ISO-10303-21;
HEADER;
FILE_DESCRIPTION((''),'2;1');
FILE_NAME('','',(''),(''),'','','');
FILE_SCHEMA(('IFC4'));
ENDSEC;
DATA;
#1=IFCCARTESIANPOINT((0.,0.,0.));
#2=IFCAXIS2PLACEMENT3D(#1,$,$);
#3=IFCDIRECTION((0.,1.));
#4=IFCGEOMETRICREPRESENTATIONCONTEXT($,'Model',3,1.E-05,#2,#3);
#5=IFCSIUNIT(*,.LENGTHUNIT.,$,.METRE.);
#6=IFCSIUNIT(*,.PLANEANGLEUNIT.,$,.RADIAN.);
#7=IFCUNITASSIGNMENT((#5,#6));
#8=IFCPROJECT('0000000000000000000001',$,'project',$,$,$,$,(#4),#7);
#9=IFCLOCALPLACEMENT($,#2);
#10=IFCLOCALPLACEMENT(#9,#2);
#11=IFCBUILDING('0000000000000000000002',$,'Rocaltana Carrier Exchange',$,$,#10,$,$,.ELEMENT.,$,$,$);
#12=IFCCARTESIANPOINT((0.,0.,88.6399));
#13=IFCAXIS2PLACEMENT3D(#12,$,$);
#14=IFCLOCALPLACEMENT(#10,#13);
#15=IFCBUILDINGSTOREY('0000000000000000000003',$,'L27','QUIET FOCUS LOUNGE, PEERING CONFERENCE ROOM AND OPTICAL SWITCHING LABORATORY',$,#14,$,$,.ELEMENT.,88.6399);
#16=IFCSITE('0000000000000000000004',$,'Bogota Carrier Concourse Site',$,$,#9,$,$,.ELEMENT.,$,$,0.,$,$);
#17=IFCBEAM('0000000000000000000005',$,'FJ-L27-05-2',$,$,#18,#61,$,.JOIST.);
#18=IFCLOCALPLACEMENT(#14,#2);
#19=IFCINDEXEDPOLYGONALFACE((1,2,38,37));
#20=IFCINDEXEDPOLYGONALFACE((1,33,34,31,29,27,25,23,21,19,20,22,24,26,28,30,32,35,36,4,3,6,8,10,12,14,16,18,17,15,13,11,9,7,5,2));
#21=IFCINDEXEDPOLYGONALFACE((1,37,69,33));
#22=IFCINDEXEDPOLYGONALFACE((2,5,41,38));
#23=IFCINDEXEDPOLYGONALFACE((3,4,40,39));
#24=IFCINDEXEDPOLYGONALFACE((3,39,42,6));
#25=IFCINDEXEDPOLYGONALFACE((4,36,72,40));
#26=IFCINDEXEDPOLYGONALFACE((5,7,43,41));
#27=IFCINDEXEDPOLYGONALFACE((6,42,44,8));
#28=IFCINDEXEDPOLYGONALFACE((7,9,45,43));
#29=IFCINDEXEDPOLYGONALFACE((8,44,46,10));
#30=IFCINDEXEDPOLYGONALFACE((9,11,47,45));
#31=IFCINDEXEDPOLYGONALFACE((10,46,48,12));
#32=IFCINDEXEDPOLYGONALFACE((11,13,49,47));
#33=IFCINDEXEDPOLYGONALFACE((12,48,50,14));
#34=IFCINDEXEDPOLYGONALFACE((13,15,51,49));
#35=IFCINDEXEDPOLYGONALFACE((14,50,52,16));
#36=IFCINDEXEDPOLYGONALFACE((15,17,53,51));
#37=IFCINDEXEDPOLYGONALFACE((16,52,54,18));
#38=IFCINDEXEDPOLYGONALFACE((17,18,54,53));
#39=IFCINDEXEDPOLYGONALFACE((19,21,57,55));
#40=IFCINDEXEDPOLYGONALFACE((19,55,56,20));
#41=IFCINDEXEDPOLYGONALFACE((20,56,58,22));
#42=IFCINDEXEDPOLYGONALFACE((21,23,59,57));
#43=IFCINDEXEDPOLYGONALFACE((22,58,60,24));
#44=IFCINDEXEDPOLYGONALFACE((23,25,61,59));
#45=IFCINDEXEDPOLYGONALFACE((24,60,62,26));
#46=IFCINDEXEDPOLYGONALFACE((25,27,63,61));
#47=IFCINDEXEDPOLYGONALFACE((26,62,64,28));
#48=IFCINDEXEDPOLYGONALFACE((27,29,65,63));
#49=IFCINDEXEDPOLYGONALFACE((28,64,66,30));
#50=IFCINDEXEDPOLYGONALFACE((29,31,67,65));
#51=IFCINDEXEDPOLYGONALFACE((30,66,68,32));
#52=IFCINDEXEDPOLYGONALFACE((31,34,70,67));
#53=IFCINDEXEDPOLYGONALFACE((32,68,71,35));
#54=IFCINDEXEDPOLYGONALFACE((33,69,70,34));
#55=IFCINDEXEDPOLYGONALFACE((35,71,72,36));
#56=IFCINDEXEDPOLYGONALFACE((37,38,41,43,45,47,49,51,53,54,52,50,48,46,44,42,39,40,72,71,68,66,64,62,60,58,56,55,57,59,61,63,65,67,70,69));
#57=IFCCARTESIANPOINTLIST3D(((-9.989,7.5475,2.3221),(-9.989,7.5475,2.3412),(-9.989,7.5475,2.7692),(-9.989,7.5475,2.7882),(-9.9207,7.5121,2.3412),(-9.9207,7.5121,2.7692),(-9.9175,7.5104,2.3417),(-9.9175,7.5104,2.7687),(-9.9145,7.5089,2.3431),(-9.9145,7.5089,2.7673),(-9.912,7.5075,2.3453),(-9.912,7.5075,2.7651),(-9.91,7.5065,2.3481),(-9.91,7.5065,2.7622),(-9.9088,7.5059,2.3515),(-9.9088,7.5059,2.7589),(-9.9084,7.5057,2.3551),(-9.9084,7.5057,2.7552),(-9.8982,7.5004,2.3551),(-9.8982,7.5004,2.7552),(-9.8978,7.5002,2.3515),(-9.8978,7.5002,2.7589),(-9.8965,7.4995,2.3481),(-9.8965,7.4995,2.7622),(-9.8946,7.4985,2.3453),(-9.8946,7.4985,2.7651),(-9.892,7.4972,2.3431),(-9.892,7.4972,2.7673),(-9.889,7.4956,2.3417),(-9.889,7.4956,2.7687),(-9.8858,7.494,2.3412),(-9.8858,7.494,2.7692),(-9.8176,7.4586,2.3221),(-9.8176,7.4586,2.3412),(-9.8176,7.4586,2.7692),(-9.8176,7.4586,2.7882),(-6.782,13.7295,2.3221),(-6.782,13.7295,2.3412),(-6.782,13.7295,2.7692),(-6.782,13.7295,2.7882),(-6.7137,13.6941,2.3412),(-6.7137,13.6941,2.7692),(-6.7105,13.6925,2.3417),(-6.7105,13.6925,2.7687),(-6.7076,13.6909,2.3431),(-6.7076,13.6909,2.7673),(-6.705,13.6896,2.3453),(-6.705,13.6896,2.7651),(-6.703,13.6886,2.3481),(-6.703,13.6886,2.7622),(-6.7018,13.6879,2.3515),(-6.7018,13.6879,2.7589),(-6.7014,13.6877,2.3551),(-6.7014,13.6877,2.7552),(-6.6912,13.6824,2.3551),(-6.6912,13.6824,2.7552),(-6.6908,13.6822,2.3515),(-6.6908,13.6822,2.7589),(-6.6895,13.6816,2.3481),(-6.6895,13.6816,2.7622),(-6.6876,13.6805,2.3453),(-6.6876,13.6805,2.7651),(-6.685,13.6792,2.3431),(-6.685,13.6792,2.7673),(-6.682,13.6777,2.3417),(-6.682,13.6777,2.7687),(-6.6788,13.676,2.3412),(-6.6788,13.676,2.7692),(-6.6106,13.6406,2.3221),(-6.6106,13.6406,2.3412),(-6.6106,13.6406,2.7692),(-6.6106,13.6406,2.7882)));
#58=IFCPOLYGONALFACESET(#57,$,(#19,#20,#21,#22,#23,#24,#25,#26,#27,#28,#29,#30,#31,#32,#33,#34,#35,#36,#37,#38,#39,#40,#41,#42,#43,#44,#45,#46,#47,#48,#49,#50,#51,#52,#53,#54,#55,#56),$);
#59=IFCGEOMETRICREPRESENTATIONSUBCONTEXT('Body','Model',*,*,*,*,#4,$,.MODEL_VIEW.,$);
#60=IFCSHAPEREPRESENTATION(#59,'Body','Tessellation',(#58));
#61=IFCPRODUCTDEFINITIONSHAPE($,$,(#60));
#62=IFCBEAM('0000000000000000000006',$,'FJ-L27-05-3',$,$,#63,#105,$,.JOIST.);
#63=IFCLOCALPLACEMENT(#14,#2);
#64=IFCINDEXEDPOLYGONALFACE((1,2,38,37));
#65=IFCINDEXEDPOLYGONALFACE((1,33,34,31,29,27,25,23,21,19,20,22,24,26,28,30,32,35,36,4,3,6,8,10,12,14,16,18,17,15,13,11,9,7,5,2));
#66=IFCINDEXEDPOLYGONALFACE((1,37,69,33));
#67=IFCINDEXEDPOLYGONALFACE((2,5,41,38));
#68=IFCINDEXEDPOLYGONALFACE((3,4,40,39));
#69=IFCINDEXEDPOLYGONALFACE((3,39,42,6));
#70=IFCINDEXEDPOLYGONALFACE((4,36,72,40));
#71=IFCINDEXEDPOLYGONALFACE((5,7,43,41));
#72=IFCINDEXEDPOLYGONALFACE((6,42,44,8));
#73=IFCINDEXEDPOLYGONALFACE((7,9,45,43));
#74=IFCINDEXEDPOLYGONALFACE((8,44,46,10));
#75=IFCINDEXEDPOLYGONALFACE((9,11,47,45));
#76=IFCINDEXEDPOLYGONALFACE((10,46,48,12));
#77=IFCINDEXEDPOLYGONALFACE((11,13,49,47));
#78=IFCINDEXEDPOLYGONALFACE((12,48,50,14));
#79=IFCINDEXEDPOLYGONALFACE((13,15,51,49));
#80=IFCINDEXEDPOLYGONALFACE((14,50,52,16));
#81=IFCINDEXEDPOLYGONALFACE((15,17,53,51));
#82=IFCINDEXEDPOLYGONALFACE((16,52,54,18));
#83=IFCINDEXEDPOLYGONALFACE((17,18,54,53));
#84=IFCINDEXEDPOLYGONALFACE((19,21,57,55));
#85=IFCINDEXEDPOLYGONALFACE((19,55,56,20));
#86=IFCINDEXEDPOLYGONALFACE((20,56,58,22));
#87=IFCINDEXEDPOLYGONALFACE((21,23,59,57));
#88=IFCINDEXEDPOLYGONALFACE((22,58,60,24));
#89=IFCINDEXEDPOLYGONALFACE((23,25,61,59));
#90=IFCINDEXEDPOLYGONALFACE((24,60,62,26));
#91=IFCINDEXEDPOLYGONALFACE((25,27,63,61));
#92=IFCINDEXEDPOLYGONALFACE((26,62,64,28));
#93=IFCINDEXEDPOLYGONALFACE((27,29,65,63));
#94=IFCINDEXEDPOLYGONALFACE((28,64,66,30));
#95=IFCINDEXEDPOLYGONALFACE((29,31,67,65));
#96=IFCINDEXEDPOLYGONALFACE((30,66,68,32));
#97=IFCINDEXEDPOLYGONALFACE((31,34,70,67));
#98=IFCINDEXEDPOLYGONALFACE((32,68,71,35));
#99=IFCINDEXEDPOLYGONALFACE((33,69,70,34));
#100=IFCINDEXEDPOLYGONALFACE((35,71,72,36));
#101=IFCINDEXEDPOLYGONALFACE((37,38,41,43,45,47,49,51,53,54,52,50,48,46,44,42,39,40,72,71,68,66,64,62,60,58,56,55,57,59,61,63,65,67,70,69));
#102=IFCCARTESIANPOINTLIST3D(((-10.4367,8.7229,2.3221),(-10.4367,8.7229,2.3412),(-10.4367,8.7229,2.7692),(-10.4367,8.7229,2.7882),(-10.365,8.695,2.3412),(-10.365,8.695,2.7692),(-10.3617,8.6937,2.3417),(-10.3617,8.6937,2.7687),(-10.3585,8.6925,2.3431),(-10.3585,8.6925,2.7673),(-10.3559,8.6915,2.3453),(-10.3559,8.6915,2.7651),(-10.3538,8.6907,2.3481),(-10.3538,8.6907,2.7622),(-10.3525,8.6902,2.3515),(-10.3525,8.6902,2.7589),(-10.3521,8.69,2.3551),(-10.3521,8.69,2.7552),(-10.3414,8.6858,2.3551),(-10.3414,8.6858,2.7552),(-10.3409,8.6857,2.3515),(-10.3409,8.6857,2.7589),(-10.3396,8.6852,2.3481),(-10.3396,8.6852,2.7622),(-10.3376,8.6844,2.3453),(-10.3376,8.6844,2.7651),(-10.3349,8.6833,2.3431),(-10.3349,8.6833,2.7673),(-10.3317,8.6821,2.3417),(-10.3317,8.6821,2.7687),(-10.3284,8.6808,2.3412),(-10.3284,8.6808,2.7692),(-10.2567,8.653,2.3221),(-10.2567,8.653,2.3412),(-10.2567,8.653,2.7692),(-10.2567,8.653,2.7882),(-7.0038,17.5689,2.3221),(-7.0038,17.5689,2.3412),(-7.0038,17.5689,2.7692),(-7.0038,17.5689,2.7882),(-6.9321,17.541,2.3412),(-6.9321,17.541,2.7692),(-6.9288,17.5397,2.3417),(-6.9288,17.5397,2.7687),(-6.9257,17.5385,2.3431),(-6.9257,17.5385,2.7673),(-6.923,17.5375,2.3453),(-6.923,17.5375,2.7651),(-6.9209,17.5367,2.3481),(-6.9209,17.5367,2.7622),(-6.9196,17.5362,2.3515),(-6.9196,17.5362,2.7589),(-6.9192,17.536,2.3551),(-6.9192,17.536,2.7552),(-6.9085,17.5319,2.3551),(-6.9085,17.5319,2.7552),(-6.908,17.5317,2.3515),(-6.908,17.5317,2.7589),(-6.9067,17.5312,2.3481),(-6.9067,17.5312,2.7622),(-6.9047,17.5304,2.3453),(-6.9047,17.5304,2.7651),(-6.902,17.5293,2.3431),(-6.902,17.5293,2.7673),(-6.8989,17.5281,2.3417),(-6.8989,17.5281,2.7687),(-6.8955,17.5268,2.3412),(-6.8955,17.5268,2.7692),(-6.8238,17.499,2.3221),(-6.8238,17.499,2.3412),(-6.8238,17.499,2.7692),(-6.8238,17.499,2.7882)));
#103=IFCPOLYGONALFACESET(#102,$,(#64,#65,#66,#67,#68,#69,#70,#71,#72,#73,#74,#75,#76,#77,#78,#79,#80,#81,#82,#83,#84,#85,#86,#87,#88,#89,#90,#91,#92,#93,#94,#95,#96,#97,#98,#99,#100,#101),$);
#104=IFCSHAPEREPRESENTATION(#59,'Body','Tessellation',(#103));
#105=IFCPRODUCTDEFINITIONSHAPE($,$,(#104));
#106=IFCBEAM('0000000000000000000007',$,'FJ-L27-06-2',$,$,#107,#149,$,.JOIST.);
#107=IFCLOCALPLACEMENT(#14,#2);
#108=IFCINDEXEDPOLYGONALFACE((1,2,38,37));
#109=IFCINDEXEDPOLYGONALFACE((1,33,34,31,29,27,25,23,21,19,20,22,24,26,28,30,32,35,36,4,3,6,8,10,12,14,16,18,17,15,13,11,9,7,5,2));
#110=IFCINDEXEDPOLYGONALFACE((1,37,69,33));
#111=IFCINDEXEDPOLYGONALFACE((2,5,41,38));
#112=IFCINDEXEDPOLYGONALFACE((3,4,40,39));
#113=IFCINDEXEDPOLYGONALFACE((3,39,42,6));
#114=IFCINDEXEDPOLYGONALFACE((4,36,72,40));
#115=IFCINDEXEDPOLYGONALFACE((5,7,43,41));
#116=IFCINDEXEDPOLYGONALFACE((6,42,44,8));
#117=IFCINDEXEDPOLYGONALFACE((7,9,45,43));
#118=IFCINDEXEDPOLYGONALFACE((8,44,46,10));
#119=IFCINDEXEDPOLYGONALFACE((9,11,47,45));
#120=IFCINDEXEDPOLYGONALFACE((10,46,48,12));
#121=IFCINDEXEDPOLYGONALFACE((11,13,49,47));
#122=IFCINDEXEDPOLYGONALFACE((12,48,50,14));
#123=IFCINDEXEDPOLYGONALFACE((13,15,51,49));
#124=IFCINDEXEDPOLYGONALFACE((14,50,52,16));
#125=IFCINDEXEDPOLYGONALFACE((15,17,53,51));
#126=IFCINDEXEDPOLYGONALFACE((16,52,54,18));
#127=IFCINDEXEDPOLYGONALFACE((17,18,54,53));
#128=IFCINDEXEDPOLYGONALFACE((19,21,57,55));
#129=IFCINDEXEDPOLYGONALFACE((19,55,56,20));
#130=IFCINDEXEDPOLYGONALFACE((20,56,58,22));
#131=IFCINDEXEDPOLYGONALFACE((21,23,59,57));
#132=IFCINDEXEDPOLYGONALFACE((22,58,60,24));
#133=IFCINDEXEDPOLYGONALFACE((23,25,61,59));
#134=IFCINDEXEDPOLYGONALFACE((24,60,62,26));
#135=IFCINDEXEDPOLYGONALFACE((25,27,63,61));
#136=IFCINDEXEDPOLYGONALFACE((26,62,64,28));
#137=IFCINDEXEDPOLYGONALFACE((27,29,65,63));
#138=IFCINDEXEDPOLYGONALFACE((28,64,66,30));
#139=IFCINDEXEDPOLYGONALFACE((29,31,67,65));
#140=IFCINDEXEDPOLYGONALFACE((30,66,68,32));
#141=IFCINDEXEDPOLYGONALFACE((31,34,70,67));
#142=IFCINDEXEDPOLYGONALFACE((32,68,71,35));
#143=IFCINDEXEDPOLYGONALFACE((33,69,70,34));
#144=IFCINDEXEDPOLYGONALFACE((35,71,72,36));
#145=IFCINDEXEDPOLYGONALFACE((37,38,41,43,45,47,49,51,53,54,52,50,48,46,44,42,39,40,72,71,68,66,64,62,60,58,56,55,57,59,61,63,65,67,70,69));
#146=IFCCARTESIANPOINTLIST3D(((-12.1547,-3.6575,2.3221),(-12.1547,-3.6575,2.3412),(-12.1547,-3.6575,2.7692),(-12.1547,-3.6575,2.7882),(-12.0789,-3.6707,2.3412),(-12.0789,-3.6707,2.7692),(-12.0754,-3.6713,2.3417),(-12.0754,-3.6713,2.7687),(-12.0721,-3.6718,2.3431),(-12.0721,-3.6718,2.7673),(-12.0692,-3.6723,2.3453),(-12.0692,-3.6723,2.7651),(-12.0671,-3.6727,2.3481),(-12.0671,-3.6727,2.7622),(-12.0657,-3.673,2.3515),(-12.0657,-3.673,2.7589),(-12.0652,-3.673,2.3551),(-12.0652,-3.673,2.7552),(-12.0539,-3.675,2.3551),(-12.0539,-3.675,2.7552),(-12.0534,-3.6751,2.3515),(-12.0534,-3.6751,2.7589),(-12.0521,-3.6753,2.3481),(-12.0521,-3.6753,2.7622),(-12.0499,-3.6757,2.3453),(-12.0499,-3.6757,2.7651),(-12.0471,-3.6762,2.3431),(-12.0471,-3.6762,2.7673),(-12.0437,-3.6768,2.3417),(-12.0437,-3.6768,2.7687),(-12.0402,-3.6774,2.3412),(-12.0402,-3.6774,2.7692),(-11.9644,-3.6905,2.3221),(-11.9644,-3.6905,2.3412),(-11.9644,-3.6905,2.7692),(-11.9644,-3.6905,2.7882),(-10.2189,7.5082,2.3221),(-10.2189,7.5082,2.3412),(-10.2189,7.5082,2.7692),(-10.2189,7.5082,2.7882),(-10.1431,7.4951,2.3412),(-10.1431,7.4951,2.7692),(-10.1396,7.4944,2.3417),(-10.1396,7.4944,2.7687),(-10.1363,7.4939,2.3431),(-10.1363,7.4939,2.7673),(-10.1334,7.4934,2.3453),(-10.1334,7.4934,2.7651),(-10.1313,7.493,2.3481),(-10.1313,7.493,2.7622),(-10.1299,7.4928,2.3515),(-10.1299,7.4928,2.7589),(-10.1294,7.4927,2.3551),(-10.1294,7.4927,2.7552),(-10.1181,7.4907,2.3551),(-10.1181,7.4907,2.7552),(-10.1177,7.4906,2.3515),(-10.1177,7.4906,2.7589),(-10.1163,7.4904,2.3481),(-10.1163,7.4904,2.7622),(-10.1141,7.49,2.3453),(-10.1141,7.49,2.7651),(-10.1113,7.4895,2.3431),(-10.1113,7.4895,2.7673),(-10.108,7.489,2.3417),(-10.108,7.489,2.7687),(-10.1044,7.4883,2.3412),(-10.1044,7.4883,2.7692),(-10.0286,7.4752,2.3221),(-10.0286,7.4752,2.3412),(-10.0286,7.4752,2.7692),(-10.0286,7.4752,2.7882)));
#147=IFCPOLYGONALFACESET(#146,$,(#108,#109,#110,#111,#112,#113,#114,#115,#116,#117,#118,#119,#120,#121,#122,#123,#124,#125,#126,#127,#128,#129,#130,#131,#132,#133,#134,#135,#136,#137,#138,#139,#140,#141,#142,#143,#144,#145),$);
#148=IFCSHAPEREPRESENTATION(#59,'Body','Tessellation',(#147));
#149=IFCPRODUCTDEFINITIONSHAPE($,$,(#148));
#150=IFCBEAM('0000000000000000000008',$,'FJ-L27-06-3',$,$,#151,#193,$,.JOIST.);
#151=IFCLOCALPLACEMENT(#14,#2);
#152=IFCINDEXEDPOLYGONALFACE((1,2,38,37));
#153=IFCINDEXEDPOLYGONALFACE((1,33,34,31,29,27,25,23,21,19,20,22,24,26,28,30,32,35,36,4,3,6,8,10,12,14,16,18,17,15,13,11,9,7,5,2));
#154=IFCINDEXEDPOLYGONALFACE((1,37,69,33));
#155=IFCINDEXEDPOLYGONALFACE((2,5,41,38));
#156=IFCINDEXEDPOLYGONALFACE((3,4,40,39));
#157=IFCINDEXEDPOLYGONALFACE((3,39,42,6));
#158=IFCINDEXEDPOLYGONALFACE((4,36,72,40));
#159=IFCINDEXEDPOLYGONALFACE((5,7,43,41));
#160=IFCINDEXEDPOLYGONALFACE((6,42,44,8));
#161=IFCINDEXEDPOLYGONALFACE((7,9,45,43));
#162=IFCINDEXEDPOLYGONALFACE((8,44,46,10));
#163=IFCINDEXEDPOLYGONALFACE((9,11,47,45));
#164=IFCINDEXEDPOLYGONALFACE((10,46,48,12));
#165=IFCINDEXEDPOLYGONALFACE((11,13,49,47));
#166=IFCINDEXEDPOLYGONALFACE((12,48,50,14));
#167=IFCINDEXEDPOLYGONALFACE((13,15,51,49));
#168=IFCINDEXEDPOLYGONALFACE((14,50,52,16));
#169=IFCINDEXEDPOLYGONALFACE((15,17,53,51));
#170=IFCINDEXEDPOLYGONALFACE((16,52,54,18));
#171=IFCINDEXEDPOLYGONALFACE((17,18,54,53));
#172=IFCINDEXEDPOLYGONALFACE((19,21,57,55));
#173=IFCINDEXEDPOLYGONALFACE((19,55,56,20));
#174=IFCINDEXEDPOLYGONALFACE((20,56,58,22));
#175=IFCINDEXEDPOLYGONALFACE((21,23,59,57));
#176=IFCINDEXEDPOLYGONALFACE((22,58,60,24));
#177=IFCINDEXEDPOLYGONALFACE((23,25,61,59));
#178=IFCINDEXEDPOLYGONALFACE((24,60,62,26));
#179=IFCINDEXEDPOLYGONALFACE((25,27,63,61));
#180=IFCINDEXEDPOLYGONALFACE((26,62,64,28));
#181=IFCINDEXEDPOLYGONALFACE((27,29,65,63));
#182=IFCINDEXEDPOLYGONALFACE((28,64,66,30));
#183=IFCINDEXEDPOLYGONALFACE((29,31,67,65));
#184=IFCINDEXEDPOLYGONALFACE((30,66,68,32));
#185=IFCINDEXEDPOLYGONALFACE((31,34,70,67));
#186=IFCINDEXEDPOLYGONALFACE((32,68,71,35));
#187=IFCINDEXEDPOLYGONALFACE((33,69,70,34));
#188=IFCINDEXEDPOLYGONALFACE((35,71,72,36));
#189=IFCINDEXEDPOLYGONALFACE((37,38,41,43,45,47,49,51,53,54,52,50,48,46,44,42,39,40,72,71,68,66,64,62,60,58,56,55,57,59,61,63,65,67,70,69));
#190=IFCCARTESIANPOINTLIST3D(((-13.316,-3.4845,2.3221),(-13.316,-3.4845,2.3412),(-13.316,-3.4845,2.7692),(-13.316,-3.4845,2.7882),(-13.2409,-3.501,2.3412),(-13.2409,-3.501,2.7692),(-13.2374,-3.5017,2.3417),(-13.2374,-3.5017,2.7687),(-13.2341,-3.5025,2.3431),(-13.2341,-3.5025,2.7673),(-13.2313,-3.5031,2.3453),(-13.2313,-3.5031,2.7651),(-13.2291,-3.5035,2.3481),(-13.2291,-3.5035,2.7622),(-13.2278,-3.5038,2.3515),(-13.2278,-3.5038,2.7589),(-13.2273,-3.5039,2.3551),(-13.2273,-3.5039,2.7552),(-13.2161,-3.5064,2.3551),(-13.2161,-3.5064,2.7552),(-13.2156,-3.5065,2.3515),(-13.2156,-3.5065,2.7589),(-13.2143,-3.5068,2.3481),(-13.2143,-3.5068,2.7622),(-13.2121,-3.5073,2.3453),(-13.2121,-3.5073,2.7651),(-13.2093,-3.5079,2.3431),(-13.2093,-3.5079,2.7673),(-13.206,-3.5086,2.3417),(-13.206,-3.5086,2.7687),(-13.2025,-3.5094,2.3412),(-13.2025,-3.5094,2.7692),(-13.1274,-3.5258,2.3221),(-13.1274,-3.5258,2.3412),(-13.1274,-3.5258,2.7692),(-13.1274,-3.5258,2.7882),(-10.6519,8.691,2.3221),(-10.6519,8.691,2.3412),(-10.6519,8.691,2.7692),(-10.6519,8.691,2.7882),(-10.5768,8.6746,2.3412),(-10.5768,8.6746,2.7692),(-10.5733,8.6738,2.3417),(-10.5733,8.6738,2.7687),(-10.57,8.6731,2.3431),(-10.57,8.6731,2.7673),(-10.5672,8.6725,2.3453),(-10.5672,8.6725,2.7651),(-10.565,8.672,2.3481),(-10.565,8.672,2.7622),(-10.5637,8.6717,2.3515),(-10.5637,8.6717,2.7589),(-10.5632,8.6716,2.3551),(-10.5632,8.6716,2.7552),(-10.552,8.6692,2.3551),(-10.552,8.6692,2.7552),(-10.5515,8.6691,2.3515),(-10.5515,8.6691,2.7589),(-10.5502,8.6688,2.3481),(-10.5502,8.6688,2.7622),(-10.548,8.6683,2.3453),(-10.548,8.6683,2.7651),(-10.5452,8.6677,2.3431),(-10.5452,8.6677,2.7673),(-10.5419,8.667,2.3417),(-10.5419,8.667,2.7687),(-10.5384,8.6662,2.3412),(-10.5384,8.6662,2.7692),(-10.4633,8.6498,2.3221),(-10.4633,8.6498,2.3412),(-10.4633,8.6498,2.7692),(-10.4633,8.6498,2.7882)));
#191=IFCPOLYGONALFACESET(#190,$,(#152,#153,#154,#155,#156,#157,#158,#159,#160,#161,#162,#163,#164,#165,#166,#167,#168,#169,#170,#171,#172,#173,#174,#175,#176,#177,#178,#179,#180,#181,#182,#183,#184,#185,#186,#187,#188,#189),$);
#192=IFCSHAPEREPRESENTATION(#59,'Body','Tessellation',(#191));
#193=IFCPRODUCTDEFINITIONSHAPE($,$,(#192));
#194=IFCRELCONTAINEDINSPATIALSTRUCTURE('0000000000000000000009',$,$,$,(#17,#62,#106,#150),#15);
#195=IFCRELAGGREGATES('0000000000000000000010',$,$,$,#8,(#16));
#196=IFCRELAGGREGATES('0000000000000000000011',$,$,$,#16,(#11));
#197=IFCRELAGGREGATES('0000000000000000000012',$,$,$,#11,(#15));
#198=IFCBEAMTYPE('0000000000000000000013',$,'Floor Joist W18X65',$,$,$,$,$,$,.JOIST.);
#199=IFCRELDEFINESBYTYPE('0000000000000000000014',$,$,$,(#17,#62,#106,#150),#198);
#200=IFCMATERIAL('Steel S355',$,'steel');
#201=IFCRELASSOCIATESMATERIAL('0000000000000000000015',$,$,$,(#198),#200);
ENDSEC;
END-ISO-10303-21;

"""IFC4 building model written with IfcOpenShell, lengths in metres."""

from ifc_helpers import new_model, si_unit, direction, frame, origin, origin_2d, place, context, subcontext, project, spatial, i_section, extrude, material, material_profile, profile_set, type_object, element, save


model = new_model("IFC4")

# Units and contexts
model_context = context("Model", 3, precision=1e-05, world=origin(), true_north=direction((0.0, 1.0)))
body_context = subcontext(model_context, "Body", "Model", "MODEL_VIEW")
ifc_project = project(units=[si_unit("LENGTHUNIT", "METRE"), si_unit("PLANEANGLEUNIT", "RADIAN")], contexts=[model_context])

# Site, building, storey
site_placement = place(None, origin())
site = spatial("IfcSite", under=ifc_project, at=site_placement, Name="Bogota Carrier Concourse Site", CompositionType="ELEMENT", RefElevation=0.0)
building_placement = place(site_placement, origin())
building = spatial("IfcBuilding", under=site, at=building_placement, Name="Rocaltana Carrier Exchange", CompositionType="ELEMENT")
storey_placement = place(building_placement, frame((0.0, 0.0, 88.6399)))
storey = spatial("IfcBuildingStorey", under=building, at=storey_placement, Name="L27", Description="QUIET FOCUS LOUNGE, PEERING CONFERENCE ROOM AND OPTICAL SWITCHING LABORATORY", CompositionType="ELEMENT", Elevation=88.6399)

# Beams
ifc_material_1 = material(Name="Steel S355", Category="steel")
ifc_material_profile_1 = material_profile(ifc_material_1, i_section(OverallWidth=0.1931, OverallDepth=0.4661, WebThickness=0.0115, FlangeThickness=0.019, FilletRadius=0.0139, at=origin_2d()), Name="W18X65")
ifc_profile_set_1 = profile_set([ifc_material_profile_1], Name="Steel S355")
beam_type_1 = type_object("IfcBeamType", Name="Floor Joist W18X65", PredefinedType="JOIST", material=ifc_profile_set_1)
beam_1_placement = place(storey_placement, frame((-6.6963, 13.6851, 2.5552), z_axis=(-0.460485, -0.887668, 0.0), x_axis=(0.887668, -0.460485, 0.0)))
element("IfcBeam", 1, at=beam_1_placement, inside=storey, type_object=beam_type_1, Name="FJ-L27-05-2", PredefinedType="JOIST", context=body_context, shape_type="SweptSolid", body=[
    extrude(i_section(OverallWidth=0.1931, OverallDepth=0.4661, WebThickness=0.0115, FlangeThickness=0.019, FilletRadius=0.0139, at=origin_2d()), origin(), (0.0, 0.0, 1.0), 6.9644),
])
beam_2_placement = place(storey_placement, frame((-6.9138, 17.5339, 2.5552), z_axis=(-0.361784, -0.932262, 0.0), x_axis=(0.932262, -0.361784, 0.0)))
element("IfcBeam", 2, at=beam_2_placement, inside=storey, type_object=beam_type_1, Name="FJ-L27-05-3", PredefinedType="JOIST", context=body_context, shape_type="SweptSolid", body=[
    extrude(i_section(OverallWidth=0.1931, OverallDepth=0.4661, WebThickness=0.0115, FlangeThickness=0.019, FilletRadius=0.0139, at=origin_2d()), origin(), (0.0, 0.0, 1.0), 9.4888),
])
beam_3_placement = place(storey_placement, frame((-10.1238, 7.4917, 2.5552), z_axis=(-0.17082, -0.985302, 0.0), x_axis=(0.985302, -0.17082, 0.0)))
element("IfcBeam", 3, at=beam_3_placement, inside=storey, type_object=beam_type_1, Name="FJ-L27-06-2", PredefinedType="JOIST", context=body_context, shape_type="SweptSolid", body=[
    extrude(i_section(OverallWidth=0.1931, OverallDepth=0.4661, WebThickness=0.0115, FlangeThickness=0.019, FilletRadius=0.0139, at=origin_2d()), origin(), (0.0, 0.0, 1.0), 11.3323),
])
beam_4_placement = place(storey_placement, frame((-10.5576, 8.6704, 2.5552), z_axis=(-0.213748, -0.976889, 0.0), x_axis=(0.976889, -0.213748, 0.0)))
element("IfcBeam", 4, at=beam_4_placement, inside=storey, type_object=beam_type_1, Name="FJ-L27-06-3", PredefinedType="JOIST", context=body_context, shape_type="SweptSolid", body=[
    extrude(i_section(OverallWidth=0.1931, OverallDepth=0.4661, WebThickness=0.0115, FlangeThickness=0.019, FilletRadius=0.0139, at=origin_2d()), origin(), (0.0, 0.0, 1.0), 12.4636),
])

save(model, "model.ifc")
